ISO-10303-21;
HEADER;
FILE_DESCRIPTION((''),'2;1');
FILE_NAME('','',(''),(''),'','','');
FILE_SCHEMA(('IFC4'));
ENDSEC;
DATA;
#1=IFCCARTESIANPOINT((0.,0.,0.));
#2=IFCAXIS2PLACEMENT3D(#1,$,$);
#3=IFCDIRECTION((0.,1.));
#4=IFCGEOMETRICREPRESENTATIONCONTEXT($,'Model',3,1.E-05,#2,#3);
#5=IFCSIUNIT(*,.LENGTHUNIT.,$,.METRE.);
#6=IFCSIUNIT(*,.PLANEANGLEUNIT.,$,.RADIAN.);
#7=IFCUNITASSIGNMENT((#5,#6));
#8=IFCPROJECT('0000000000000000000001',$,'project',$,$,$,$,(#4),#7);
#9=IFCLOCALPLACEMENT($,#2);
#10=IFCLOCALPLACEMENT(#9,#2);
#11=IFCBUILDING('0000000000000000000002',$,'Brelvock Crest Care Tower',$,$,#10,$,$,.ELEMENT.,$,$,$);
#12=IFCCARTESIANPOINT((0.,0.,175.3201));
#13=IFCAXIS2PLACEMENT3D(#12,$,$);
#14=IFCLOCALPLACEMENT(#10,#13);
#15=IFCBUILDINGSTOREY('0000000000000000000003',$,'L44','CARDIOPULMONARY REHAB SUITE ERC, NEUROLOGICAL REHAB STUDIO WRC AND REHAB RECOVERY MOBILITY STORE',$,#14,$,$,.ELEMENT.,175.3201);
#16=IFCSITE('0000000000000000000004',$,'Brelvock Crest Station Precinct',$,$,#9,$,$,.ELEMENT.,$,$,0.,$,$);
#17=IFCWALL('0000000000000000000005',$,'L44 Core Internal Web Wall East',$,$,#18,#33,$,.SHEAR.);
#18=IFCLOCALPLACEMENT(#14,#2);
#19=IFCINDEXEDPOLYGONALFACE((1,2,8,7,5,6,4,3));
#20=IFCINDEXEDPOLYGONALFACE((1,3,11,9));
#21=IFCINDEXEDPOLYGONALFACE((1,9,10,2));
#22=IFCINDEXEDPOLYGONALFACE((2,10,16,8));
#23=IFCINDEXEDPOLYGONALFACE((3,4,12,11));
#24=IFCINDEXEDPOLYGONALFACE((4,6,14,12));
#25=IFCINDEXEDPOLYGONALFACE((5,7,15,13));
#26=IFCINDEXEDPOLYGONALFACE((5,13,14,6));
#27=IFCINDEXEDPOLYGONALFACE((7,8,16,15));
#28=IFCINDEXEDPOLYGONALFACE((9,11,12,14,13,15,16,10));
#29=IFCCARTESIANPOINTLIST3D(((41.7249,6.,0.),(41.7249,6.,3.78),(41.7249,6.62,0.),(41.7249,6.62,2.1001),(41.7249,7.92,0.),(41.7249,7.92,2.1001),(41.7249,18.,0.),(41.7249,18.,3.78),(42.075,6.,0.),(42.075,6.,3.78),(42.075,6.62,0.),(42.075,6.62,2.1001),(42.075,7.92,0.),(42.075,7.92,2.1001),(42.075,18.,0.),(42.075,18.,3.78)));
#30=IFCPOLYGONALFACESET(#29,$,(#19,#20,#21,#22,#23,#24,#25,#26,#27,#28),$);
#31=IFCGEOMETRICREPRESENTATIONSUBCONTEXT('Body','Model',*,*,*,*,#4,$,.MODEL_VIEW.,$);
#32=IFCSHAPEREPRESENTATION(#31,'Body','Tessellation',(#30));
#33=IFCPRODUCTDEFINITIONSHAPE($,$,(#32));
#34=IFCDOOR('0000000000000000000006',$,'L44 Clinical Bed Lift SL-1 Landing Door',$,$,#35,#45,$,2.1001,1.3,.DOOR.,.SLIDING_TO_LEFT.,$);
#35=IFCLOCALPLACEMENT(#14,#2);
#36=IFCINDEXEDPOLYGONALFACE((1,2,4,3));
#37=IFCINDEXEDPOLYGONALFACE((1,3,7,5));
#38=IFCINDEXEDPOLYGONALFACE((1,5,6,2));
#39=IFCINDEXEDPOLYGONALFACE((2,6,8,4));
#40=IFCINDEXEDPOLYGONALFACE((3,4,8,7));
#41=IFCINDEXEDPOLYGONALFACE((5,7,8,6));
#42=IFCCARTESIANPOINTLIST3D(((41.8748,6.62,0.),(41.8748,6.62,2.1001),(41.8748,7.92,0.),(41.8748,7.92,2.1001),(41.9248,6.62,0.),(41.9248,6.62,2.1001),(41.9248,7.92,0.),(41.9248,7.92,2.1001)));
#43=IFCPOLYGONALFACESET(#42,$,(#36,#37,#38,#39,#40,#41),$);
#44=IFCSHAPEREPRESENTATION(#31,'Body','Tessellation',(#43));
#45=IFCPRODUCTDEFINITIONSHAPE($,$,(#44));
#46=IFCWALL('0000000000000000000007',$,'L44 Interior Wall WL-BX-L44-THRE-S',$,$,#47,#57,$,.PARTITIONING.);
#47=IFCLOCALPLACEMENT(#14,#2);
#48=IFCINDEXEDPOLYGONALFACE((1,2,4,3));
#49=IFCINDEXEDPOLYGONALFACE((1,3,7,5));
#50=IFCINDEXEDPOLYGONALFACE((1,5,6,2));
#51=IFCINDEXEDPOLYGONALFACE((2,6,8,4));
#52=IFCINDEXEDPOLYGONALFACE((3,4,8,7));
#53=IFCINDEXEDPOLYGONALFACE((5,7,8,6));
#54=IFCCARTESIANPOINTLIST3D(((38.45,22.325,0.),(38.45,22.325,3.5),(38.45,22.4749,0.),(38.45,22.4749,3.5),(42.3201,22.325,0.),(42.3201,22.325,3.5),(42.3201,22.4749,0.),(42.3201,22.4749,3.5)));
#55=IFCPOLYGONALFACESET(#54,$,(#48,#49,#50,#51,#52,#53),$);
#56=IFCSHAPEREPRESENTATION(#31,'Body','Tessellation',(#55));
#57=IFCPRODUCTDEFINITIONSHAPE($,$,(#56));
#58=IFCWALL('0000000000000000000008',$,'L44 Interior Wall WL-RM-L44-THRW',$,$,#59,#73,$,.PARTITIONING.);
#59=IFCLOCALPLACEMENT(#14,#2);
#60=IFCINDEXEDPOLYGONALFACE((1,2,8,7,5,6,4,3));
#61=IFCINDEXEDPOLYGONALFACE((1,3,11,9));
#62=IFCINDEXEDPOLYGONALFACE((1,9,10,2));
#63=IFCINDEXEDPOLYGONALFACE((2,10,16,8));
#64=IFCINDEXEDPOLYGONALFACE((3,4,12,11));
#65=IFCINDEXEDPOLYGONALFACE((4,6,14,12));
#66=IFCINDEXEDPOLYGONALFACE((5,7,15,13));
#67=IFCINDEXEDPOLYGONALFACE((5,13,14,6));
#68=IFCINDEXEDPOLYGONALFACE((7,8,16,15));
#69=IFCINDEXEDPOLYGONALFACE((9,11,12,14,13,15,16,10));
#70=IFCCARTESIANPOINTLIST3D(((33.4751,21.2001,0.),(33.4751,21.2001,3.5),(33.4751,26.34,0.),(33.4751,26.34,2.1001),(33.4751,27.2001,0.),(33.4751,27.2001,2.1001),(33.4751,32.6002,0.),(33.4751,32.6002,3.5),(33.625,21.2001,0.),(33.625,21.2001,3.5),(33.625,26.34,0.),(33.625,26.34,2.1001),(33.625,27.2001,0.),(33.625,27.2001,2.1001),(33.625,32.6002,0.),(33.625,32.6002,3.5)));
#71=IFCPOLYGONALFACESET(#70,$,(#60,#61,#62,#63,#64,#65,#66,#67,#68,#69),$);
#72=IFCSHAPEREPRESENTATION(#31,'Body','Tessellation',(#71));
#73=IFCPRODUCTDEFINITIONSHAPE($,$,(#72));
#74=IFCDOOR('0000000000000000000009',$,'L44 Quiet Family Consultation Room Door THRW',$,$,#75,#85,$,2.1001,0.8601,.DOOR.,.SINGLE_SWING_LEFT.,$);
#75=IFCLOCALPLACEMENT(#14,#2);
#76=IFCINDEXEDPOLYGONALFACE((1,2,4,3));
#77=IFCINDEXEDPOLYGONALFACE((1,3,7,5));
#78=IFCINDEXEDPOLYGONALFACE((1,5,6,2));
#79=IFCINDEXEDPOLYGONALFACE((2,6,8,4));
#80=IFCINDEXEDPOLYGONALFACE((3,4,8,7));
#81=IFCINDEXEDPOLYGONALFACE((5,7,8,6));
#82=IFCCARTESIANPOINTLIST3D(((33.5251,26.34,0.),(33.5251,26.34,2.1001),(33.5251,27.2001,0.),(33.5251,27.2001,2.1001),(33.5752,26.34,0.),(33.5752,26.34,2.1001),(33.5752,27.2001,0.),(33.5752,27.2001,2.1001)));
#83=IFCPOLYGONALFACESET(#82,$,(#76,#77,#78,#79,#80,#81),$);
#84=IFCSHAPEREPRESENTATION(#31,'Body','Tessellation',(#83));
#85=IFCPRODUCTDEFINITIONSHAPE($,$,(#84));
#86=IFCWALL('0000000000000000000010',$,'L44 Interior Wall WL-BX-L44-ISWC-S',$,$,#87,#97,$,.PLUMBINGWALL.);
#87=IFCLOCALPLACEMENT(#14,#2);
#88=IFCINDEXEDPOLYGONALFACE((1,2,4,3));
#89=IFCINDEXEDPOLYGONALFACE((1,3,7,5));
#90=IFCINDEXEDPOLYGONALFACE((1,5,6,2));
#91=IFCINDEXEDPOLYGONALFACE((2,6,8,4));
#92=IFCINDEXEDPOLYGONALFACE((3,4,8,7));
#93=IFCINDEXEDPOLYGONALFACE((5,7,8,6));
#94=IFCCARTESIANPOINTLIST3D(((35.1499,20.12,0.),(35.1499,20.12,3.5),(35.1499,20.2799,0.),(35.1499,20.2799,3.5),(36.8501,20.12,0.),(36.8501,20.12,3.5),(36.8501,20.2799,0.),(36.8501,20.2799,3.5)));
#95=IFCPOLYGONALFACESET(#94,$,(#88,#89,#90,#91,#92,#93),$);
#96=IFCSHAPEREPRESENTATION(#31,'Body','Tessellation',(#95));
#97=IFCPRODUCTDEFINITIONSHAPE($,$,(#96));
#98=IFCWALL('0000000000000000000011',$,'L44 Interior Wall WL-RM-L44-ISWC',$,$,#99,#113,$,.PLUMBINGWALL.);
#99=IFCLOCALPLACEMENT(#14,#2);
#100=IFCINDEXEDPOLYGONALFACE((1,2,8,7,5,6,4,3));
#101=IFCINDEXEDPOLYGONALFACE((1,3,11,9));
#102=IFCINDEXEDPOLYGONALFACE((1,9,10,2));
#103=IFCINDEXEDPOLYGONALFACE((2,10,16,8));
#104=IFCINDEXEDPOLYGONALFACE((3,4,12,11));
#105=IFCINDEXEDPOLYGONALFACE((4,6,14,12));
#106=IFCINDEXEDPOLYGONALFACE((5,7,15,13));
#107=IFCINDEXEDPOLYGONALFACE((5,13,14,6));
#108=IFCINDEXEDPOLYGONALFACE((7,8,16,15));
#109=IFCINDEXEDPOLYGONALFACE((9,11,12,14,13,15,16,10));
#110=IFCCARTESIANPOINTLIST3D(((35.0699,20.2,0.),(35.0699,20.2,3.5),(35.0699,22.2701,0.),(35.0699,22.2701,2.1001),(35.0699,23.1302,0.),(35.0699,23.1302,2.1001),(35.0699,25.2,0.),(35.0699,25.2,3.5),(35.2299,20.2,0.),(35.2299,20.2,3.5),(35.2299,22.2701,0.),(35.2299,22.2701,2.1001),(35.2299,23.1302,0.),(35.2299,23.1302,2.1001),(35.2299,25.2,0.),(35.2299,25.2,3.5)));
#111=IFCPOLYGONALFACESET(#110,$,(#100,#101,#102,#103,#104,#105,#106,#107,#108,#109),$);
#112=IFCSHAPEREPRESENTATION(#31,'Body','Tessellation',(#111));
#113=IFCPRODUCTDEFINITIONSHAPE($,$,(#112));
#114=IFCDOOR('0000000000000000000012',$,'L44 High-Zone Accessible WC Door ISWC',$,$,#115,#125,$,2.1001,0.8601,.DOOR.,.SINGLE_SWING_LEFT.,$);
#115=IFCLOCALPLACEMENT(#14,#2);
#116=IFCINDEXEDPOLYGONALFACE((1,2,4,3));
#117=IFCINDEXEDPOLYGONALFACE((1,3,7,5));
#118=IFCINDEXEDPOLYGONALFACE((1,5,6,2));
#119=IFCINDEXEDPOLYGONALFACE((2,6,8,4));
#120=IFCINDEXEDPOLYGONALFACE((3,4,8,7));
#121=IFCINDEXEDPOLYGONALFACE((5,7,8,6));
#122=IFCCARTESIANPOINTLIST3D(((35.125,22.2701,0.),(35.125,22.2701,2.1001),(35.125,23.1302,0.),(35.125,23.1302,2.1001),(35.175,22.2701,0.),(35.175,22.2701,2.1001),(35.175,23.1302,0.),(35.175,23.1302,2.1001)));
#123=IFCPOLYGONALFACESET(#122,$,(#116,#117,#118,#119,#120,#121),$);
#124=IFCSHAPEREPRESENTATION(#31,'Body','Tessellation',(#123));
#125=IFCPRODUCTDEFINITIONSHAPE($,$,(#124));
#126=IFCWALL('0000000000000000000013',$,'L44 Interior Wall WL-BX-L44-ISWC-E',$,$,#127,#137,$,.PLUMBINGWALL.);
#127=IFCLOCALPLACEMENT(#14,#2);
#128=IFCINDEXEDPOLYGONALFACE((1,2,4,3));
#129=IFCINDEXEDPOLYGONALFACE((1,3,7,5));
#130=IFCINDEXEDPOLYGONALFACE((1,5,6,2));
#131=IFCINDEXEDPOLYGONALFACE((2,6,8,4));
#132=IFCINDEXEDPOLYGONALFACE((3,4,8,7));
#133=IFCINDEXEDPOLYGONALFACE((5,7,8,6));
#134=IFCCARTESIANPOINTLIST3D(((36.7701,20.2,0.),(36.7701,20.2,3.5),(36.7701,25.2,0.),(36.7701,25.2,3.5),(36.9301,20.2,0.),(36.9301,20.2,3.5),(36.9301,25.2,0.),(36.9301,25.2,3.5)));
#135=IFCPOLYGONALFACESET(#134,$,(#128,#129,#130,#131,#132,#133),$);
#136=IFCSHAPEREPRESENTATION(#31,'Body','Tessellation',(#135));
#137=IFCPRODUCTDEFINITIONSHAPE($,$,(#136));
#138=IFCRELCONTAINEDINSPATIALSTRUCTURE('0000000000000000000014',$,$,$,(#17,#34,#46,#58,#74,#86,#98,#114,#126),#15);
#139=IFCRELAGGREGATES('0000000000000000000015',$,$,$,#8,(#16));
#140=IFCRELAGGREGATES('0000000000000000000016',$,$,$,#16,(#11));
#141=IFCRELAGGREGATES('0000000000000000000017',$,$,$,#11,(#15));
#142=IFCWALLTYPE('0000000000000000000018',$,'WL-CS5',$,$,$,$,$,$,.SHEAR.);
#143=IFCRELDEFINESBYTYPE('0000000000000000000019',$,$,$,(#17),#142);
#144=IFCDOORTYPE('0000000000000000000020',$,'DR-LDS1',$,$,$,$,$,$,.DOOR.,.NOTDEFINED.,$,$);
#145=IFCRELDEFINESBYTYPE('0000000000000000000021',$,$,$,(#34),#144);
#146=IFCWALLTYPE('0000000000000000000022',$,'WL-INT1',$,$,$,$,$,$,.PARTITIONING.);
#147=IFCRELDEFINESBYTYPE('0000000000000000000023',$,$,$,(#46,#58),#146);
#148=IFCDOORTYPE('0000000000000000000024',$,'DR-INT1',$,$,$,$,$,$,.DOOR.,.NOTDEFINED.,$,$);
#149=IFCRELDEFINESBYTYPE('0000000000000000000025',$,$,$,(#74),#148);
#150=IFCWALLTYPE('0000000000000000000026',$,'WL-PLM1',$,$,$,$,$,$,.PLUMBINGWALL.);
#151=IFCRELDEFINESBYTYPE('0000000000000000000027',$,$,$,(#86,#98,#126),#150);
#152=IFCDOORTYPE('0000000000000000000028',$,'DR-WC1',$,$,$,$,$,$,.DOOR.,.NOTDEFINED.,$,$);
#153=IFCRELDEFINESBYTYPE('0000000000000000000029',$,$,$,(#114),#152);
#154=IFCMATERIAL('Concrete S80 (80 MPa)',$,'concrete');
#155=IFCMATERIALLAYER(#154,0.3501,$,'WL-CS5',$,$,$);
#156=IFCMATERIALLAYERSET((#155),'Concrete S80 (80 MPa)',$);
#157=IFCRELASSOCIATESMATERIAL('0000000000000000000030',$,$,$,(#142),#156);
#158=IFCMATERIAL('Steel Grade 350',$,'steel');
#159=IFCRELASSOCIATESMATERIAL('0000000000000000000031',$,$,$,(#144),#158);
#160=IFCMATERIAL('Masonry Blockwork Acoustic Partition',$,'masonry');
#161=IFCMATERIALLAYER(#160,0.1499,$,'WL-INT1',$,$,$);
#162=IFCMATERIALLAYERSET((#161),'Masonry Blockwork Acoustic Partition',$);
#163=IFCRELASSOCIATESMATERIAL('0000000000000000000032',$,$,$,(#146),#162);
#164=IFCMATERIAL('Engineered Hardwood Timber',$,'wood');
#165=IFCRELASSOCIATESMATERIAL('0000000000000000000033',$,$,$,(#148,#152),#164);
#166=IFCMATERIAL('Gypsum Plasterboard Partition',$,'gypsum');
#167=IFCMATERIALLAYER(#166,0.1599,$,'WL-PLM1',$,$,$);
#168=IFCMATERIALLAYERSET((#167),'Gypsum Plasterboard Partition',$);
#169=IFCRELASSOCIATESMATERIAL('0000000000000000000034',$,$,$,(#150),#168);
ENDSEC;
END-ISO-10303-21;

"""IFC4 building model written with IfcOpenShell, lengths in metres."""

from ifc_helpers import new_model, si_unit, direction, frame, frame_2d, origin, origin_2d, place, context, subcontext, project, spatial, rectangle, extrude, source, transform, mapped, material, layer, layer_set, type_object, element, fill, save


model = new_model("IFC4")

# Units and contexts
model_context = context("Model", 3, precision=1e-05, world=origin(), true_north=direction((0.0, 1.0)))
body_context = subcontext(model_context, "Body", "Model", "MODEL_VIEW")
ifc_project = project(units=[si_unit("LENGTHUNIT", "METRE"), si_unit("PLANEANGLEUNIT", "RADIAN")], contexts=[model_context])

# Site, building, storey
site_placement = place(None, origin())
site = spatial("IfcSite", under=ifc_project, at=site_placement, Name="Brelvock Crest Station Precinct", CompositionType="ELEMENT", RefElevation=0.0)
building_placement = place(site_placement, origin())
building = spatial("IfcBuilding", under=site, at=building_placement, Name="Brelvock Crest Care Tower", CompositionType="ELEMENT")
storey_placement = place(building_placement, frame((0.0, 0.0, 175.3201)))
storey = spatial("IfcBuildingStorey", under=building, at=storey_placement, Name="L44", Description="CARDIOPULMONARY REHAB SUITE ERC, NEUROLOGICAL REHAB STUDIO WRC AND REHAB RECOVERY MOBILITY STORE", CompositionType="ELEMENT", Elevation=175.3201)

# Shared definitions
ifc_material_1 = material(Name="Steel Grade 350", Category="steel")

# Wall, opening, door
ifc_material_2 = material(Name="Concrete S80 (80 MPa)", Category="concrete")
ifc_layer_1 = layer(ifc_material_2, 0.3501, Name="WL-CS5")
ifc_layer_set_1 = layer_set([ifc_layer_1], Name="Concrete S80 (80 MPa)")
wall_type_1 = type_object("IfcWallType", Name="WL-CS5", PredefinedType="SHEAR", material=ifc_layer_set_1)
wall_1_placement = place(storey_placement, frame((41.8999, 18.0, 0.0), z_axis=(0.0, 0.0, 1.0), x_axis=(0.0, -1.0, 0.0)))
wall_1 = element("IfcWall", 1, at=wall_1_placement, inside=storey, type_object=wall_type_1, Name="L44 Core Internal Web Wall East", PredefinedType="SHEAR", context=body_context, shape_type="SweptSolid", body=[
    extrude(rectangle(XDim=12.0, YDim=0.3501, at=frame_2d((6.0, 0.0))), origin(), (0.0, 0.0, 1.0), 3.78),
])
opening_1_placement = place(wall_1_placement, frame((10.0801, 0.0, 0.0)))
opening_1 = element("IfcOpeningElement", 2, at=opening_1_placement, cuts=wall_1, PredefinedType="OPENING", context=body_context, shape_type="SweptSolid", body=[
    extrude(rectangle(XDim=1.3, YDim=2.1001, at=origin_2d()), frame((0.6499, 0.1851, 1.05), z_axis=(0.0, -1.0, 0.0), x_axis=(1.0, 0.0, 0.0)), (0.0, 0.0, 1.0), 0.3701),
])
door_type_1 = type_object("IfcDoorType", Name="DR-LDS1", OperationType="NOTDEFINED", PredefinedType="DOOR", material=ifc_material_1)
shared_shape_1 = source(origin(), body_context, "Body", "SweptSolid", [
    extrude(rectangle(XDim=1.3, YDim=2.1001, at=origin_2d()), frame((0.6499, 0.0249, 1.05), z_axis=(0.0, -1.0, 0.0), x_axis=(1.0, 0.0, 0.0)), (0.0, 0.0, 1.0), 0.05),
])
door_1_placement = place(opening_1_placement, origin())
door_1 = element("IfcDoor", 3, at=door_1_placement, inside=storey, type_object=door_type_1, Name="L44 Clinical Bed Lift SL-1 Landing Door", OperationType="SLIDING_TO_LEFT", OverallHeight=2.1001, OverallWidth=1.3, PredefinedType="DOOR", context=body_context, shape_type="MappedRepresentation", body=[
    mapped(shared_shape_1, transform((0.0, 0.0, 0.0), x_axis=(1.0, 0.0, 0.0), y_axis=(0.0, 1.0, 0.0), z_axis=(0.0, 0.0, 1.0), scale=1.0)),
])
fill(opening_1, door_1)

# Wall
ifc_material_3 = material(Name="Masonry Blockwork Acoustic Partition", Category="masonry")
ifc_layer_2 = layer(ifc_material_3, 0.1499, Name="WL-INT1")
ifc_layer_set_2 = layer_set([ifc_layer_2], Name="Masonry Blockwork Acoustic Partition")
wall_type_2 = type_object("IfcWallType", Name="WL-INT1", PredefinedType="PARTITIONING", material=ifc_layer_set_2)
wall_2_placement = place(storey_placement, frame((38.45, 22.3999, 0.0), z_axis=(0.0, 0.0, 1.0), x_axis=(1.0, 0.0, 0.0)))
element("IfcWall", 4, at=wall_2_placement, inside=storey, type_object=wall_type_2, Name="L44 Interior Wall WL-BX-L44-THRE-S", PredefinedType="PARTITIONING", context=body_context, shape_type="SweptSolid", body=[
    extrude(rectangle(XDim=3.8701, YDim=0.1499, at=frame_2d((1.9351, 0.0))), origin(), (0.0, 0.0, 1.0), 3.5),
])

# Wall, opening, door
wall_3_placement = place(storey_placement, frame((33.55, 21.2, 0.0), z_axis=(0.0, 0.0, 1.0), x_axis=(0.0, 1.0, 0.0)))
wall_3 = element("IfcWall", 5, at=wall_3_placement, inside=storey, type_object=wall_type_2, Name="L44 Interior Wall WL-RM-L44-THRW", PredefinedType="PARTITIONING", context=body_context, shape_type="SweptSolid", body=[
    extrude(rectangle(XDim=11.4001, YDim=0.1499, at=frame_2d((5.7002, 0.0))), origin(), (0.0, 0.0, 1.0), 3.5),
])
opening_2_placement = place(wall_3_placement, frame((5.1399, 0.0, 0.0)))
opening_2 = element("IfcOpeningElement", 6, at=opening_2_placement, cuts=wall_3, PredefinedType="OPENING", context=body_context, shape_type="SweptSolid", body=[
    extrude(rectangle(XDim=0.8601, YDim=2.1001, at=origin_2d()), frame((0.4302, 0.085, 1.05), z_axis=(0.0, -1.0, 0.0), x_axis=(1.0, 0.0, 0.0)), (0.0, 0.0, 1.0), 0.1699),
])
ifc_material_4 = material(Name="Engineered Hardwood Timber", Category="wood")
door_type_2 = type_object("IfcDoorType", Name="DR-INT1", OperationType="NOTDEFINED", PredefinedType="DOOR", material=ifc_material_4)
shared_shape_2 = source(origin(), body_context, "Body", "SweptSolid", [
    extrude(rectangle(XDim=0.8601, YDim=2.1001, at=origin_2d()), frame((0.4302, 0.0249, 1.05), z_axis=(0.0, -1.0, 0.0), x_axis=(1.0, 0.0, 0.0)), (0.0, 0.0, 1.0), 0.05),
])
door_2_placement = place(opening_2_placement, origin())
door_2 = element("IfcDoor", 7, at=door_2_placement, inside=storey, type_object=door_type_2, Name="L44 Quiet Family Consultation Room Door THRW", OperationType="SINGLE_SWING_LEFT", OverallHeight=2.1001, OverallWidth=0.8601, PredefinedType="DOOR", context=body_context, shape_type="MappedRepresentation", body=[
    mapped(shared_shape_2, transform((0.0, 0.0, 0.0), x_axis=(1.0, 0.0, 0.0), y_axis=(0.0, 1.0, 0.0), z_axis=(0.0, 0.0, 1.0), scale=1.0)),
])
fill(opening_2, door_2)

# Wall
ifc_material_5 = material(Name="Gypsum Plasterboard Partition", Category="gypsum")
ifc_layer_3 = layer(ifc_material_5, 0.1599, Name="WL-PLM1")
ifc_layer_set_3 = layer_set([ifc_layer_3], Name="Gypsum Plasterboard Partition")
wall_type_3 = type_object("IfcWallType", Name="WL-PLM1", PredefinedType="PLUMBINGWALL", material=ifc_layer_set_3)
wall_4_placement = place(storey_placement, frame((35.1499, 20.2, 0.0), z_axis=(0.0, 0.0, 1.0), x_axis=(1.0, 0.0, 0.0)))
element("IfcWall", 8, at=wall_4_placement, inside=storey, type_object=wall_type_3, Name="L44 Interior Wall WL-BX-L44-ISWC-S", PredefinedType="PLUMBINGWALL", context=body_context, shape_type="SweptSolid", body=[
    extrude(rectangle(XDim=1.7002, YDim=0.1599, at=frame_2d((0.8501, 0.0))), origin(), (0.0, 0.0, 1.0), 3.5),
])

# Wall, opening, door
wall_5_placement = place(storey_placement, frame((35.1499, 20.2, 0.0), z_axis=(0.0, 0.0, 1.0), x_axis=(0.0, 1.0, 0.0)))
wall_5 = element("IfcWall", 9, at=wall_5_placement, inside=storey, type_object=wall_type_3, Name="L44 Interior Wall WL-RM-L44-ISWC", PredefinedType="PLUMBINGWALL", context=body_context, shape_type="SweptSolid", body=[
    extrude(rectangle(XDim=5.0, YDim=0.1599, at=frame_2d((2.5, 0.0))), origin(), (0.0, 0.0, 1.0), 3.5),
])
opening_3_placement = place(wall_5_placement, frame((2.0701, 0.0, 0.0)))
opening_3 = element("IfcOpeningElement", 10, at=opening_3_placement, cuts=wall_5, PredefinedType="OPENING", context=body_context, shape_type="SweptSolid", body=[
    extrude(rectangle(XDim=0.8601, YDim=2.1001, at=origin_2d()), frame((0.4302, 0.0898, 1.05), z_axis=(0.0, -1.0, 0.0), x_axis=(1.0, 0.0, 0.0)), (0.0, 0.0, 1.0), 0.1799),
])
door_type_3 = type_object("IfcDoorType", Name="DR-WC1", OperationType="NOTDEFINED", PredefinedType="DOOR", material=ifc_material_4)
shared_shape_3 = source(origin(), body_context, "Body", "SweptSolid", [
    extrude(rectangle(XDim=0.8601, YDim=2.1001, at=origin_2d()), frame((0.4302, 0.0249, 1.05), z_axis=(0.0, -1.0, 0.0), x_axis=(1.0, 0.0, 0.0)), (0.0, 0.0, 1.0), 0.05),
])
door_3_placement = place(opening_3_placement, origin())
door_3 = element("IfcDoor", 11, at=door_3_placement, inside=storey, type_object=door_type_3, Name="L44 High-Zone Accessible WC Door ISWC", OperationType="SINGLE_SWING_LEFT", OverallHeight=2.1001, OverallWidth=0.8601, PredefinedType="DOOR", context=body_context, shape_type="MappedRepresentation", body=[
    mapped(shared_shape_3, transform((0.0, 0.0, 0.0), x_axis=(1.0, 0.0, 0.0), y_axis=(0.0, 1.0, 0.0), z_axis=(0.0, 0.0, 1.0), scale=1.0)),
])
fill(opening_3, door_3)

# Wall
wall_6_placement = place(storey_placement, frame((36.8501, 20.2, 0.0), z_axis=(0.0, 0.0, 1.0), x_axis=(0.0, 1.0, 0.0)))
element("IfcWall", 12, at=wall_6_placement, inside=storey, type_object=wall_type_3, Name="L44 Interior Wall WL-BX-L44-ISWC-E", PredefinedType="PLUMBINGWALL", context=body_context, shape_type="SweptSolid", body=[
    extrude(rectangle(XDim=5.0, YDim=0.1599, at=frame_2d((2.5, 0.0))), origin(), (0.0, 0.0, 1.0), 3.5),
])

save(model, "model.ifc")
